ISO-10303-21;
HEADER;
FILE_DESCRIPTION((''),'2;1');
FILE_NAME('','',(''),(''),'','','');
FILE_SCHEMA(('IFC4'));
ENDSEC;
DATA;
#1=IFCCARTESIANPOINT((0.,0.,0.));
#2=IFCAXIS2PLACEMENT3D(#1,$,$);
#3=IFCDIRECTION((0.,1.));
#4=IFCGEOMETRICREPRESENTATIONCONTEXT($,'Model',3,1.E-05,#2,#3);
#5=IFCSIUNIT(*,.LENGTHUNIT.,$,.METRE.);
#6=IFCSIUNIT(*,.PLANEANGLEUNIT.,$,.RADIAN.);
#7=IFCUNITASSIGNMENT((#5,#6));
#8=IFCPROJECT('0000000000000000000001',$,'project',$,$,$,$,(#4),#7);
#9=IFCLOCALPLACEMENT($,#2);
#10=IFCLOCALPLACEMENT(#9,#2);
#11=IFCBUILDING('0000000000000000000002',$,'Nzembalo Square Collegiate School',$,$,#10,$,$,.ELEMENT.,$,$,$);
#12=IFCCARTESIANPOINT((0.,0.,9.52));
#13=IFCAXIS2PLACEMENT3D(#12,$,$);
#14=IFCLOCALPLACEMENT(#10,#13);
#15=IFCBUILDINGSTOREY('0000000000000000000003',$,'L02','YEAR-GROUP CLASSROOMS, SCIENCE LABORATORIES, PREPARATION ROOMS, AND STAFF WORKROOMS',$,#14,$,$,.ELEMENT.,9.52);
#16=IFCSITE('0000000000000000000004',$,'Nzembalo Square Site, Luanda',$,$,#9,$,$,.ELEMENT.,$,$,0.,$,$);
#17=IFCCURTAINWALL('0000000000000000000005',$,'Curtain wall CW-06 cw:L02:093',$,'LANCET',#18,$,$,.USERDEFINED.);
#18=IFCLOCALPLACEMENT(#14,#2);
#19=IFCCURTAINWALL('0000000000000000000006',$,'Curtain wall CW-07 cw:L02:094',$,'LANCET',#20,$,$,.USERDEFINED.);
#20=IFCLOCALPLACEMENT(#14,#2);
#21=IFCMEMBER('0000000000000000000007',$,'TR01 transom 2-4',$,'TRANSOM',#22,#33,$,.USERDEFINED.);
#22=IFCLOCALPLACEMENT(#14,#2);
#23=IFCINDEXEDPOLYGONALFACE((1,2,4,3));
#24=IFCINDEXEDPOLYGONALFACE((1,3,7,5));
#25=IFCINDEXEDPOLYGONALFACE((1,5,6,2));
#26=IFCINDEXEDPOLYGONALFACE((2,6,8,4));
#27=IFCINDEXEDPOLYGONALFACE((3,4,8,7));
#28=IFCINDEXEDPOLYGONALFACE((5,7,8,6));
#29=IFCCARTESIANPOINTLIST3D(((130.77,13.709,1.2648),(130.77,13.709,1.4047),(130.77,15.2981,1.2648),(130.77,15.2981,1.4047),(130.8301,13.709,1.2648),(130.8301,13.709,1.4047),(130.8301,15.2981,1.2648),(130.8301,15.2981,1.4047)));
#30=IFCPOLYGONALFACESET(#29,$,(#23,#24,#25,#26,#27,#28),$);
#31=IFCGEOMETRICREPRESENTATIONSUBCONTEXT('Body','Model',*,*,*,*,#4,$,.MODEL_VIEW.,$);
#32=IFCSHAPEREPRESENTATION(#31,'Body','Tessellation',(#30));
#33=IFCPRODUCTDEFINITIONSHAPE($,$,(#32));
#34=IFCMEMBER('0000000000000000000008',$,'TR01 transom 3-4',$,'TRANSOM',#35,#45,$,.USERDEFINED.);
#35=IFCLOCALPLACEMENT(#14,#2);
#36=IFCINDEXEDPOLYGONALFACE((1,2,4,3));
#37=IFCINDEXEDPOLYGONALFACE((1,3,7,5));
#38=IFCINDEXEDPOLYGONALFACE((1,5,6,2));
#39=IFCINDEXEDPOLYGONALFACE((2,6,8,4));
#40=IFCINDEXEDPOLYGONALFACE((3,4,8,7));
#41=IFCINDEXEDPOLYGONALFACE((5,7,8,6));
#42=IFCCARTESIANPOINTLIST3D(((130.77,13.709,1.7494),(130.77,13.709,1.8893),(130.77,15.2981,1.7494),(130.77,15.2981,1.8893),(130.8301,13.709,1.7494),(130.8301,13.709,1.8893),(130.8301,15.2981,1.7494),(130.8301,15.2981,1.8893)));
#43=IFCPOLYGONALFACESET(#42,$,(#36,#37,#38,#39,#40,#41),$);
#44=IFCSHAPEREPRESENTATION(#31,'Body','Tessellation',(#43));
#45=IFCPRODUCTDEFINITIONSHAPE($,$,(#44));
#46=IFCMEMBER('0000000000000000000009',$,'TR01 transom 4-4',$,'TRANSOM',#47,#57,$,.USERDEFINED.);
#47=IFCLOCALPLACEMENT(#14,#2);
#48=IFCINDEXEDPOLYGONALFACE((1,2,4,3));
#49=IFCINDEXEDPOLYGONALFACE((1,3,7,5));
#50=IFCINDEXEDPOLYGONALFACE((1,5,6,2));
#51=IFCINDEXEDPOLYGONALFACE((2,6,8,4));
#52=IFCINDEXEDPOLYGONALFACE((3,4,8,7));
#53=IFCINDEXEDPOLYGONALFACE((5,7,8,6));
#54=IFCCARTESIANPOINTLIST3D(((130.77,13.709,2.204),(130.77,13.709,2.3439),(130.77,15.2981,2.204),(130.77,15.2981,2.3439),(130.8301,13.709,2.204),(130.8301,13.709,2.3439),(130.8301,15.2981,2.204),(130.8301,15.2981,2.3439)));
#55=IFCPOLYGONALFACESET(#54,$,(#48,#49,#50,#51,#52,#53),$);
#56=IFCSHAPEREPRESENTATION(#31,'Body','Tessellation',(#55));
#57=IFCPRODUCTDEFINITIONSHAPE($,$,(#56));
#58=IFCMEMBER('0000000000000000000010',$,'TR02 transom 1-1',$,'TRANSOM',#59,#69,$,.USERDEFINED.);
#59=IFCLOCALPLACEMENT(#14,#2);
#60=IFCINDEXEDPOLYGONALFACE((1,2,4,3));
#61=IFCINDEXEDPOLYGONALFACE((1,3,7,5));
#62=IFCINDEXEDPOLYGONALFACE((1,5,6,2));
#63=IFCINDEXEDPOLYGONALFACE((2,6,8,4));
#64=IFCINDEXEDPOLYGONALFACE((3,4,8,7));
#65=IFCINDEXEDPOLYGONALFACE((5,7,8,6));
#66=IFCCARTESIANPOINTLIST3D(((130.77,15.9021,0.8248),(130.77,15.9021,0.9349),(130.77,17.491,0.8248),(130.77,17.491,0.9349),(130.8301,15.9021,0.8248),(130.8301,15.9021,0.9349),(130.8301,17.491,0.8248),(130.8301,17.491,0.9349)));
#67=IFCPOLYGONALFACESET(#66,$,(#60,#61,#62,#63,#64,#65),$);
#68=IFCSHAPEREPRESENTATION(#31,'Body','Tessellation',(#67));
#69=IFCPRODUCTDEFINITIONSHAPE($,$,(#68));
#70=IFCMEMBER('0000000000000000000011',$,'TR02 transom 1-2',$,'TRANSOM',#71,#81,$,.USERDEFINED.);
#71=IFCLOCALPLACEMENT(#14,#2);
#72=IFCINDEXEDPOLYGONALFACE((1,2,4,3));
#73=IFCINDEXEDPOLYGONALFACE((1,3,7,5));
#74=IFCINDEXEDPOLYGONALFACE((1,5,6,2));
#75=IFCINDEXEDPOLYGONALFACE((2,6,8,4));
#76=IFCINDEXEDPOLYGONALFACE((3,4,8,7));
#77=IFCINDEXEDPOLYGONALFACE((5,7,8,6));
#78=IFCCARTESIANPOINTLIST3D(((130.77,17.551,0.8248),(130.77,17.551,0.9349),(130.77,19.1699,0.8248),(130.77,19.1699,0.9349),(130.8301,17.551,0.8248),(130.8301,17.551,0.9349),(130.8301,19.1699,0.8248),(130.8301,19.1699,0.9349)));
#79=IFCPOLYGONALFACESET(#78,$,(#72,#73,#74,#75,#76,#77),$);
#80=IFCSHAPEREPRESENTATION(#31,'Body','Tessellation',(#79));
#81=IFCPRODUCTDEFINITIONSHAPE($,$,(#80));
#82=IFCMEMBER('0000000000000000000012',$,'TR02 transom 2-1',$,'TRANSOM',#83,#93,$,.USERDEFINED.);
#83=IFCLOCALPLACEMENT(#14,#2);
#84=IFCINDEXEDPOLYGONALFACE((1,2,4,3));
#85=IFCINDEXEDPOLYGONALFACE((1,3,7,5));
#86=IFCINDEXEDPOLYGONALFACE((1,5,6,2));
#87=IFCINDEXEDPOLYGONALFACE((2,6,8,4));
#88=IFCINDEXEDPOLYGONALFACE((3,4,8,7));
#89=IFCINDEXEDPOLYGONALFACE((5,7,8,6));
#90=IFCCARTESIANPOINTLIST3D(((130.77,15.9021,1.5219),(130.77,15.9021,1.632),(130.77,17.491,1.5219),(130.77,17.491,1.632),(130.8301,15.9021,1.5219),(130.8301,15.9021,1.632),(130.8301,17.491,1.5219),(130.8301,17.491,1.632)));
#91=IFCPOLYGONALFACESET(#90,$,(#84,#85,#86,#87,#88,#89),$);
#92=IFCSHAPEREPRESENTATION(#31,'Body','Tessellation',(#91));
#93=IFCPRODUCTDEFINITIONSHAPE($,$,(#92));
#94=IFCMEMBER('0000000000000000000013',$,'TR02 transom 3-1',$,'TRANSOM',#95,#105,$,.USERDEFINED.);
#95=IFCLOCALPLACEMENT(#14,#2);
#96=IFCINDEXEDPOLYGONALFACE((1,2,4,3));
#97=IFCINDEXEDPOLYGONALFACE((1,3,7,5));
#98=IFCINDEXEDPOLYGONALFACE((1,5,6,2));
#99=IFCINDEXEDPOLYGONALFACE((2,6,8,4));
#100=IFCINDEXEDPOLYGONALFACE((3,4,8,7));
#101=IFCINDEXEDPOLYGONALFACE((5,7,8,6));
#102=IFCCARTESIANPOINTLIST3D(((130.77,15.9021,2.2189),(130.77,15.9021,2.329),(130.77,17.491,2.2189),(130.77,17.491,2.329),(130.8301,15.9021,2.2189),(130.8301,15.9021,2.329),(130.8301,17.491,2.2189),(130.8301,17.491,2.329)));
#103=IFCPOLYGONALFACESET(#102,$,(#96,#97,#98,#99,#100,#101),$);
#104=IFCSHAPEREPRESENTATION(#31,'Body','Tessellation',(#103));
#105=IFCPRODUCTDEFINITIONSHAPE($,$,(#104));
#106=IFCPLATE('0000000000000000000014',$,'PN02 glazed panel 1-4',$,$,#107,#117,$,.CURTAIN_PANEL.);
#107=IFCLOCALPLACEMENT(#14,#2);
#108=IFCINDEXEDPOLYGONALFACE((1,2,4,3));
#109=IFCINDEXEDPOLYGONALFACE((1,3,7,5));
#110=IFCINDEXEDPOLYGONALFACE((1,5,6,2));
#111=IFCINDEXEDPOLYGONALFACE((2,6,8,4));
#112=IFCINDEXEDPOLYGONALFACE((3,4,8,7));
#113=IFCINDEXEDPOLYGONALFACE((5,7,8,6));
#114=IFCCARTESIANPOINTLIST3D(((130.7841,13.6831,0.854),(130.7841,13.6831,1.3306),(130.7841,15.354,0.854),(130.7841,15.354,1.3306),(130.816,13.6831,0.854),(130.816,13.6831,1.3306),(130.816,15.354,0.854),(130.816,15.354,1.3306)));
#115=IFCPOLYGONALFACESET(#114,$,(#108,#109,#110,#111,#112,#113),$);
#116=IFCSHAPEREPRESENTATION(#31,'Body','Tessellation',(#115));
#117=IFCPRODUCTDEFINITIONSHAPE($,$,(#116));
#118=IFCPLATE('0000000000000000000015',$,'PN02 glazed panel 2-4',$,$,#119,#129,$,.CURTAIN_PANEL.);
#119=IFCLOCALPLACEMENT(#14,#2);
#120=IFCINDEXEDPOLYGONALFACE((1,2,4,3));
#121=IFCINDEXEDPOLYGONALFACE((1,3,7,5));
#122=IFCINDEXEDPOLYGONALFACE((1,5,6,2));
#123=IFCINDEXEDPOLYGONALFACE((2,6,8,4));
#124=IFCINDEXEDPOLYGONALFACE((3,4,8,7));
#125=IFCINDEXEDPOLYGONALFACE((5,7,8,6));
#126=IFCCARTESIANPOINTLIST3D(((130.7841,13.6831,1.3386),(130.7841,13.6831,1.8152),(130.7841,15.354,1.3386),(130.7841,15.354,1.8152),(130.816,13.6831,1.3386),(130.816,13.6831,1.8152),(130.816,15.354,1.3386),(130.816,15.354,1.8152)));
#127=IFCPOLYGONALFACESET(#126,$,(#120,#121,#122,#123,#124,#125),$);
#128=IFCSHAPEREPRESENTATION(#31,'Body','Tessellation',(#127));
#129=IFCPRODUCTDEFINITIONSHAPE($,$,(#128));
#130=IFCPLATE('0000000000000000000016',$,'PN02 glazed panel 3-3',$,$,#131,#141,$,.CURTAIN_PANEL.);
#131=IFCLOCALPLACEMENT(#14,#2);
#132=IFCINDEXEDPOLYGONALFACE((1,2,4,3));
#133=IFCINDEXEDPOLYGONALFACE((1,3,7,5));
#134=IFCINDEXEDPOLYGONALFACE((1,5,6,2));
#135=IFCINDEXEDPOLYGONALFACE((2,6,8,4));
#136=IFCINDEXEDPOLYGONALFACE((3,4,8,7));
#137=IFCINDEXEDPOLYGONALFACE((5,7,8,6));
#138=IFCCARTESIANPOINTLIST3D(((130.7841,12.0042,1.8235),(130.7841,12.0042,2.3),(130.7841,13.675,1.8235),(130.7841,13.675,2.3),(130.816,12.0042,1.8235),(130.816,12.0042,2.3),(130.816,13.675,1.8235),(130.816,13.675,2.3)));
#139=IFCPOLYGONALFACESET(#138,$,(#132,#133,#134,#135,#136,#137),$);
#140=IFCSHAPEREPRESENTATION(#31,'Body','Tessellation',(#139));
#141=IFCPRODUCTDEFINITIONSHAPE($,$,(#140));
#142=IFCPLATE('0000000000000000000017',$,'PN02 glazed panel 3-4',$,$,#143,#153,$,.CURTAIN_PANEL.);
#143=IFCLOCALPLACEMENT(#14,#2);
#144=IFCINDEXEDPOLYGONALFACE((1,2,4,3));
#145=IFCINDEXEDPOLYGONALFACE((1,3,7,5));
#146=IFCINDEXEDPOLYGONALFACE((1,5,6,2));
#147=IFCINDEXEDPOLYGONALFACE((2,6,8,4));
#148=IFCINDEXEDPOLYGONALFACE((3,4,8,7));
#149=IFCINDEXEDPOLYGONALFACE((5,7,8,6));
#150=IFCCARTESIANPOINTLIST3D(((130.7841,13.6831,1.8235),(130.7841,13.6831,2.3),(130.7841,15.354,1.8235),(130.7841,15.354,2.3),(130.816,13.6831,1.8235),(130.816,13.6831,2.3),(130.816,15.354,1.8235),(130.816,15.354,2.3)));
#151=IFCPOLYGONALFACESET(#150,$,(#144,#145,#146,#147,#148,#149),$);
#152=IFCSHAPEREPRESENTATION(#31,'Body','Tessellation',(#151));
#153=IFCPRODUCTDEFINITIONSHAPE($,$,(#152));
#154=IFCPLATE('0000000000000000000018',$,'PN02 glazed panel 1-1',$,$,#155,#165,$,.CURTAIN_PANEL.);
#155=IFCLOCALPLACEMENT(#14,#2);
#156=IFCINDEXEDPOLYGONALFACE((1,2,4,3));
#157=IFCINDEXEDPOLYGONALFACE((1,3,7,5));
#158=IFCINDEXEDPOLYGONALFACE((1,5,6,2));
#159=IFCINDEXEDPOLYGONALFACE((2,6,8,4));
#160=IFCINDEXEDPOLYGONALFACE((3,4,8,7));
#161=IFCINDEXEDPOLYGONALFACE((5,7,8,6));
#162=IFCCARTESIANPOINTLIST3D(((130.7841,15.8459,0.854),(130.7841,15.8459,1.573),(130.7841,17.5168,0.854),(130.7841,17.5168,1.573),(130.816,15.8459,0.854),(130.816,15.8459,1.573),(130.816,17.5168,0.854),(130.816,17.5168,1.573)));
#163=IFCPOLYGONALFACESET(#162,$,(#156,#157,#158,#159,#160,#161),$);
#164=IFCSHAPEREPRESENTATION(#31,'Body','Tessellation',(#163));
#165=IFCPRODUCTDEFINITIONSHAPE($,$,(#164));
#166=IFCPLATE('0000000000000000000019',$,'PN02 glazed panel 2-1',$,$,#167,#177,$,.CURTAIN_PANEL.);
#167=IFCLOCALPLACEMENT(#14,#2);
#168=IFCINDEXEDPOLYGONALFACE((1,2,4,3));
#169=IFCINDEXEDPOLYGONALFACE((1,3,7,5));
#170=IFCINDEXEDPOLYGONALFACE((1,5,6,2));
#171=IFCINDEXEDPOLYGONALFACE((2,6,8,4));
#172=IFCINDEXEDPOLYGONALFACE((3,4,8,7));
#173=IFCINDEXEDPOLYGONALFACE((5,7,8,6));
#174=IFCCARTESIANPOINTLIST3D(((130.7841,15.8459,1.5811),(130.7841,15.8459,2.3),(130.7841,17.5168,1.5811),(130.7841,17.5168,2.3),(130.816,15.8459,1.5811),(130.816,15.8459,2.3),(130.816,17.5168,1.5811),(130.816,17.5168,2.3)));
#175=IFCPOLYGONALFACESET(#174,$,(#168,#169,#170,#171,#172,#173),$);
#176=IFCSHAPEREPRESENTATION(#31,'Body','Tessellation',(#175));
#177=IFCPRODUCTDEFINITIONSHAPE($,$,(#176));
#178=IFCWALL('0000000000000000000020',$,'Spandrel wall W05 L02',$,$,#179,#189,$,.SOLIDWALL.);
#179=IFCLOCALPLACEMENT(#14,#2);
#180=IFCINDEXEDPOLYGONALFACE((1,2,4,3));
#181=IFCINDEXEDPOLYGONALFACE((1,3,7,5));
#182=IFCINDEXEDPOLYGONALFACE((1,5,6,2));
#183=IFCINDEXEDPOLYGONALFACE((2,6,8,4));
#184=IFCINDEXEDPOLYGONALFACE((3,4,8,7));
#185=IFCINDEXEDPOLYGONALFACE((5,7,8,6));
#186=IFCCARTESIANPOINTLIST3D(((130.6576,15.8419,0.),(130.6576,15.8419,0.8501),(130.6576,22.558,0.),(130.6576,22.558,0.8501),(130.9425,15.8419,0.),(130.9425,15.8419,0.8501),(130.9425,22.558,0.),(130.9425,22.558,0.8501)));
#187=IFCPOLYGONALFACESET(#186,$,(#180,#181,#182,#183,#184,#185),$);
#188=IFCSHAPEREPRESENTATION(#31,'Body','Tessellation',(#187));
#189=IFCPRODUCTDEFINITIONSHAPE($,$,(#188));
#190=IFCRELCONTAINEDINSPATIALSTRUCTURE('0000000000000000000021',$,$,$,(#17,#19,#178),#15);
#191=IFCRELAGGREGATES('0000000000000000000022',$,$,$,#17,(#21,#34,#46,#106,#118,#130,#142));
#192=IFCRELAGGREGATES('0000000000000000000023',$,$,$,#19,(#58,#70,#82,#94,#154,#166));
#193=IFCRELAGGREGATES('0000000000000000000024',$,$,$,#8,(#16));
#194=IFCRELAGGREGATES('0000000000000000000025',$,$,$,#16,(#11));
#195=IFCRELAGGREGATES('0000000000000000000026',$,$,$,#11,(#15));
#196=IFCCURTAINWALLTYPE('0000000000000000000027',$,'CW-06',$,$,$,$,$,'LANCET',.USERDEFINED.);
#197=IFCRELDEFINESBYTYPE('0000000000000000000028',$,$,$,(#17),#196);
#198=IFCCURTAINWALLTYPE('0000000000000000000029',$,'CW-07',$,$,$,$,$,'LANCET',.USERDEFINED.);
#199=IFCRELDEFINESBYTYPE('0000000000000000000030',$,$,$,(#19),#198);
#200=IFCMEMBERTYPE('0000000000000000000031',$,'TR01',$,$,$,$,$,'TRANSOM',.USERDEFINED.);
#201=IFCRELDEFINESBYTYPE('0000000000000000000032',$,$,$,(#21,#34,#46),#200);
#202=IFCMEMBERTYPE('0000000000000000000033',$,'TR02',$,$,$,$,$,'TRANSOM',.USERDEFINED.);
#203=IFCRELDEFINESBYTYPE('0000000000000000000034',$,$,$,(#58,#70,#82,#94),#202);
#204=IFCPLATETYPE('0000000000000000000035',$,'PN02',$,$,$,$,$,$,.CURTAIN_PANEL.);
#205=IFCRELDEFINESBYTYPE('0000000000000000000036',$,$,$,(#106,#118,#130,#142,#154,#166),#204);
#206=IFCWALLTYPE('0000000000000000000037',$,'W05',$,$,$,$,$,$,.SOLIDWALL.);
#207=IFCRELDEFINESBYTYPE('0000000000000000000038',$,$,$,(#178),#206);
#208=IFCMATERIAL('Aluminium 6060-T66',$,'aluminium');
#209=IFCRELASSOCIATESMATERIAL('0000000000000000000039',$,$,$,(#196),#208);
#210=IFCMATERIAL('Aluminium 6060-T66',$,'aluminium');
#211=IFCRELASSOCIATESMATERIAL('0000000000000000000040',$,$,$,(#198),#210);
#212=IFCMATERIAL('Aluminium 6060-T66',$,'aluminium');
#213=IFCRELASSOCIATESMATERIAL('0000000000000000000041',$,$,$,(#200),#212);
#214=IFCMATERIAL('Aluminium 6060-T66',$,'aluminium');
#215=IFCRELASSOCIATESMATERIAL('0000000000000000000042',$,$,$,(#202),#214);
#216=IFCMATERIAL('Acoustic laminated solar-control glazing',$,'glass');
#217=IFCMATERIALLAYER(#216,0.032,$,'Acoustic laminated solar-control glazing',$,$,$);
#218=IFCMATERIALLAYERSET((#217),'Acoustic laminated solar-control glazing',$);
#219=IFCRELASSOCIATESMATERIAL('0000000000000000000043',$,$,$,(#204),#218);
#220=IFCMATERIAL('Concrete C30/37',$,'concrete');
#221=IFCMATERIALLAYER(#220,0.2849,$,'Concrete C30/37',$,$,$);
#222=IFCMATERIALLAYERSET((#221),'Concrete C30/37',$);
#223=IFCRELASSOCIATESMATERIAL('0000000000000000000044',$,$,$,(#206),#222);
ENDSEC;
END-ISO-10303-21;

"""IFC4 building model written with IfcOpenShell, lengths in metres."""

from ifc_helpers import new_model, si_unit, direction, frame, frame_2d, origin, origin_2d, place, context, subcontext, project, spatial, rectangle, extrude, material, layer, layer_set, material_profile, profile_set, type_object, element, aggregate, save


model = new_model("IFC4")

# Units and contexts
model_context = context("Model", 3, precision=1e-05, world=origin(), true_north=direction((0.0, 1.0)))
body_context = subcontext(model_context, "Body", "Model", "MODEL_VIEW")
ifc_project = project(units=[si_unit("LENGTHUNIT", "METRE"), si_unit("PLANEANGLEUNIT", "RADIAN")], contexts=[model_context])

# Site, building, storey
site_placement = place(None, origin())
site = spatial("IfcSite", under=ifc_project, at=site_placement, Name="Nzembalo Square Site, Luanda", CompositionType="ELEMENT", RefElevation=0.0)
building_placement = place(site_placement, origin())
building = spatial("IfcBuilding", under=site, at=building_placement, Name="Nzembalo Square Collegiate School", CompositionType="ELEMENT")
storey_placement = place(building_placement, frame((0.0, 0.0, 9.52)))
storey = spatial("IfcBuildingStorey", under=building, at=storey_placement, Name="L02", Description="YEAR-GROUP CLASSROOMS, SCIENCE LABORATORIES, PREPARATION ROOMS, AND STAFF WORKROOMS", CompositionType="ELEMENT", Elevation=9.52)

# Curtain walls
ifc_material_1 = material(Name="Aluminium 6060-T66", Category="aluminium")
curtain_wall_type_1 = type_object("IfcCurtainWallType", Name="CW-06", ElementType="LANCET", PredefinedType="USERDEFINED", material=ifc_material_1)
curtain_wall_1_placement = place(storey_placement, origin())
curtain_wall_1 = element("IfcCurtainWall", 1, at=curtain_wall_1_placement, inside=storey, type_object=curtain_wall_type_1, Name="Curtain wall CW-06 cw:L02:093", ObjectType="LANCET", PredefinedType="USERDEFINED")
ifc_material_2 = material(Name="Aluminium 6060-T66", Category="aluminium")
curtain_wall_type_2 = type_object("IfcCurtainWallType", Name="CW-07", ElementType="LANCET", PredefinedType="USERDEFINED", material=ifc_material_2)
curtain_wall_2_placement = place(storey_placement, origin())
curtain_wall_2 = element("IfcCurtainWall", 2, at=curtain_wall_2_placement, inside=storey, type_object=curtain_wall_type_2, Name="Curtain wall CW-07 cw:L02:094", ObjectType="LANCET", PredefinedType="USERDEFINED")

# Members
ifc_material_3 = material(Name="Aluminium 6060-T66", Category="aluminium")
ifc_material_profile_1 = material_profile(ifc_material_3, rectangle(XDim=0.0601, YDim=0.1399, at=origin_2d()), Name="ALU T60x140")
ifc_profile_set_1 = profile_set([ifc_material_profile_1], Name="Aluminium 6060-T66")
member_type_1 = type_object("IfcMemberType", Name="TR01", ElementType="TRANSOM", PredefinedType="USERDEFINED", material=ifc_profile_set_1)
member_1_placement = place(storey_placement, frame((130.8, 13.709, 1.3347), z_axis=(0.0, 1.0, 0.0), x_axis=(-1.0, 0.0, 0.0)))
member_1 = element("IfcMember", 3, at=member_1_placement, type_object=member_type_1, Name="TR01 transom 2-4", ObjectType="TRANSOM", PredefinedType="USERDEFINED", context=body_context, shape_type="SweptSolid", body=[
    extrude(rectangle(XDim=0.0601, YDim=0.1399, at=origin_2d()), origin(), (0.0, 0.0, 1.0), 1.5891),
])
member_2_placement = place(storey_placement, frame((130.8, 13.709, 1.8193), z_axis=(0.0, 1.0, 0.0), x_axis=(-1.0, 0.0, 0.0)))
member_2 = element("IfcMember", 4, at=member_2_placement, type_object=member_type_1, Name="TR01 transom 3-4", ObjectType="TRANSOM", PredefinedType="USERDEFINED", context=body_context, shape_type="SweptSolid", body=[
    extrude(rectangle(XDim=0.0601, YDim=0.1399, at=origin_2d()), origin(), (0.0, 0.0, 1.0), 1.5891),
])
member_3_placement = place(storey_placement, frame((130.8, 13.709, 2.2739), z_axis=(0.0, 1.0, 0.0), x_axis=(-1.0, 0.0, 0.0)))
member_3 = element("IfcMember", 5, at=member_3_placement, type_object=member_type_1, Name="TR01 transom 4-4", ObjectType="TRANSOM", PredefinedType="USERDEFINED", context=body_context, shape_type="SweptSolid", body=[
    extrude(rectangle(XDim=0.0601, YDim=0.1399, at=origin_2d()), origin(), (0.0, 0.0, 1.0), 1.5891),
])
ifc_material_4 = material(Name="Aluminium 6060-T66", Category="aluminium")
ifc_material_profile_2 = material_profile(ifc_material_4, rectangle(XDim=0.0601, YDim=0.1101, at=origin_2d()), Name="ALU T60x110")
ifc_profile_set_2 = profile_set([ifc_material_profile_2], Name="Aluminium 6060-T66")
member_type_2 = type_object("IfcMemberType", Name="TR02", ElementType="TRANSOM", PredefinedType="USERDEFINED", material=ifc_profile_set_2)
member_4_placement = place(storey_placement, frame((130.8, 15.9021, 0.8799), z_axis=(0.0, 1.0, 0.0), x_axis=(-1.0, 0.0, 0.0)))
member_4 = element("IfcMember", 6, at=member_4_placement, type_object=member_type_2, Name="TR02 transom 1-1", ObjectType="TRANSOM", PredefinedType="USERDEFINED", context=body_context, shape_type="SweptSolid", body=[
    extrude(rectangle(XDim=0.0601, YDim=0.1101, at=origin_2d()), origin(), (0.0, 0.0, 1.0), 1.5889),
])
member_5_placement = place(storey_placement, frame((130.8, 17.551, 0.8799), z_axis=(0.0, 1.0, 0.0), x_axis=(-1.0, 0.0, 0.0)))
member_5 = element("IfcMember", 7, at=member_5_placement, type_object=member_type_2, Name="TR02 transom 1-2", ObjectType="TRANSOM", PredefinedType="USERDEFINED", context=body_context, shape_type="SweptSolid", body=[
    extrude(rectangle(XDim=0.0601, YDim=0.1101, at=origin_2d()), origin(), (0.0, 0.0, 1.0), 1.6189),
])
member_6_placement = place(storey_placement, frame((130.8, 15.9021, 1.5769), z_axis=(0.0, 1.0, 0.0), x_axis=(-1.0, 0.0, 0.0)))
member_6 = element("IfcMember", 8, at=member_6_placement, type_object=member_type_2, Name="TR02 transom 2-1", ObjectType="TRANSOM", PredefinedType="USERDEFINED", context=body_context, shape_type="SweptSolid", body=[
    extrude(rectangle(XDim=0.0601, YDim=0.1101, at=origin_2d()), origin(), (0.0, 0.0, 1.0), 1.5889),
])
member_7_placement = place(storey_placement, frame((130.8, 15.9021, 2.2739), z_axis=(0.0, 1.0, 0.0), x_axis=(-1.0, 0.0, 0.0)))
member_7 = element("IfcMember", 9, at=member_7_placement, type_object=member_type_2, Name="TR02 transom 3-1", ObjectType="TRANSOM", PredefinedType="USERDEFINED", context=body_context, shape_type="SweptSolid", body=[
    extrude(rectangle(XDim=0.0601, YDim=0.1101, at=origin_2d()), origin(), (0.0, 0.0, 1.0), 1.5889),
])

# Plates
ifc_material_5 = material(Name="Acoustic laminated solar-control glazing", Category="glass")
ifc_layer_1 = layer(ifc_material_5, 0.032, Name="Acoustic laminated solar-control glazing")
ifc_layer_set_1 = layer_set([ifc_layer_1], Name="Acoustic laminated solar-control glazing")
plate_type = type_object("IfcPlateType", Name="PN02", PredefinedType="CURTAIN_PANEL", material=ifc_layer_set_1)
plate_1_placement = place(storey_placement, frame((130.8, 14.5186, 0.854), z_axis=(0.0, 0.0, 1.0), x_axis=(0.0, 1.0, 0.0)))
plate_1 = element("IfcPlate", 10, at=plate_1_placement, type_object=plate_type, Name="PN02 glazed panel 1-4", PredefinedType="CURTAIN_PANEL", context=body_context, shape_type="SweptSolid", body=[
    extrude(rectangle(XDim=1.6709, YDim=0.032, at=origin_2d()), origin(), (0.0, 0.0, 1.0), 0.4766),
])
plate_2_placement = place(storey_placement, frame((130.8, 14.5186, 1.3386), z_axis=(0.0, 0.0, 1.0), x_axis=(0.0, 1.0, 0.0)))
plate_2 = element("IfcPlate", 11, at=plate_2_placement, type_object=plate_type, Name="PN02 glazed panel 2-4", PredefinedType="CURTAIN_PANEL", context=body_context, shape_type="SweptSolid", body=[
    extrude(rectangle(XDim=1.6709, YDim=0.032, at=origin_2d()), origin(), (0.0, 0.0, 1.0), 0.4766),
])
plate_3_placement = place(storey_placement, frame((130.8, 12.8396, 1.8235), z_axis=(0.0, 0.0, 1.0), x_axis=(0.0, 1.0, 0.0)))
plate_3 = element("IfcPlate", 12, at=plate_3_placement, type_object=plate_type, Name="PN02 glazed panel 3-3", PredefinedType="CURTAIN_PANEL", context=body_context, shape_type="SweptSolid", body=[
    extrude(rectangle(XDim=1.6709, YDim=0.032, at=origin_2d()), origin(), (0.0, 0.0, 1.0), 0.4766),
])
plate_4_placement = place(storey_placement, frame((130.8, 14.5186, 1.8235), z_axis=(0.0, 0.0, 1.0), x_axis=(0.0, 1.0, 0.0)))
plate_4 = element("IfcPlate", 13, at=plate_4_placement, type_object=plate_type, Name="PN02 glazed panel 3-4", PredefinedType="CURTAIN_PANEL", context=body_context, shape_type="SweptSolid", body=[
    extrude(rectangle(XDim=1.6709, YDim=0.032, at=origin_2d()), origin(), (0.0, 0.0, 1.0), 0.4766),
])
aggregate(curtain_wall_1, [member_1, member_2, member_3, plate_1, plate_2, plate_3, plate_4])
plate_5_placement = place(storey_placement, frame((130.8, 16.6814, 0.854), z_axis=(0.0, 0.0, 1.0), x_axis=(0.0, 1.0, 0.0)))
plate_5 = element("IfcPlate", 14, at=plate_5_placement, type_object=plate_type, Name="PN02 glazed panel 1-1", PredefinedType="CURTAIN_PANEL", context=body_context, shape_type="SweptSolid", body=[
    extrude(rectangle(XDim=1.6709, YDim=0.032, at=origin_2d()), origin(), (0.0, 0.0, 1.0), 0.719),
])
plate_6_placement = place(storey_placement, frame((130.8, 16.6814, 1.5811), z_axis=(0.0, 0.0, 1.0), x_axis=(0.0, 1.0, 0.0)))
plate_6 = element("IfcPlate", 15, at=plate_6_placement, type_object=plate_type, Name="PN02 glazed panel 2-1", PredefinedType="CURTAIN_PANEL", context=body_context, shape_type="SweptSolid", body=[
    extrude(rectangle(XDim=1.6709, YDim=0.032, at=origin_2d()), origin(), (0.0, 0.0, 1.0), 0.719),
])
aggregate(curtain_wall_2, [member_4, member_5, member_6, member_7, plate_5, plate_6])

# Wall
ifc_material_6 = material(Name="Concrete C30/37", Category="concrete")
ifc_layer_2 = layer(ifc_material_6, 0.2849, Name="Concrete C30/37")
ifc_layer_set_2 = layer_set([ifc_layer_2], Name="Concrete C30/37")
wall_type = type_object("IfcWallType", Name="W05", PredefinedType="SOLIDWALL", material=ifc_layer_set_2)
wall_placement = place(storey_placement, frame((130.8, 15.842, 0.0), z_axis=(0.0, 0.0, 1.0), x_axis=(0.0, 1.0, 0.0)))
element("IfcWall", 16, at=wall_placement, inside=storey, type_object=wall_type, Name="Spandrel wall W05 L02", PredefinedType="SOLIDWALL", context=body_context, shape_type="SweptSolid", body=[
    extrude(rectangle(XDim=6.7161, YDim=0.2849, at=frame_2d((3.3579, 0.0))), origin(), (0.0, 0.0, 1.0), 0.8501),
])

save(model, "model.ifc")
